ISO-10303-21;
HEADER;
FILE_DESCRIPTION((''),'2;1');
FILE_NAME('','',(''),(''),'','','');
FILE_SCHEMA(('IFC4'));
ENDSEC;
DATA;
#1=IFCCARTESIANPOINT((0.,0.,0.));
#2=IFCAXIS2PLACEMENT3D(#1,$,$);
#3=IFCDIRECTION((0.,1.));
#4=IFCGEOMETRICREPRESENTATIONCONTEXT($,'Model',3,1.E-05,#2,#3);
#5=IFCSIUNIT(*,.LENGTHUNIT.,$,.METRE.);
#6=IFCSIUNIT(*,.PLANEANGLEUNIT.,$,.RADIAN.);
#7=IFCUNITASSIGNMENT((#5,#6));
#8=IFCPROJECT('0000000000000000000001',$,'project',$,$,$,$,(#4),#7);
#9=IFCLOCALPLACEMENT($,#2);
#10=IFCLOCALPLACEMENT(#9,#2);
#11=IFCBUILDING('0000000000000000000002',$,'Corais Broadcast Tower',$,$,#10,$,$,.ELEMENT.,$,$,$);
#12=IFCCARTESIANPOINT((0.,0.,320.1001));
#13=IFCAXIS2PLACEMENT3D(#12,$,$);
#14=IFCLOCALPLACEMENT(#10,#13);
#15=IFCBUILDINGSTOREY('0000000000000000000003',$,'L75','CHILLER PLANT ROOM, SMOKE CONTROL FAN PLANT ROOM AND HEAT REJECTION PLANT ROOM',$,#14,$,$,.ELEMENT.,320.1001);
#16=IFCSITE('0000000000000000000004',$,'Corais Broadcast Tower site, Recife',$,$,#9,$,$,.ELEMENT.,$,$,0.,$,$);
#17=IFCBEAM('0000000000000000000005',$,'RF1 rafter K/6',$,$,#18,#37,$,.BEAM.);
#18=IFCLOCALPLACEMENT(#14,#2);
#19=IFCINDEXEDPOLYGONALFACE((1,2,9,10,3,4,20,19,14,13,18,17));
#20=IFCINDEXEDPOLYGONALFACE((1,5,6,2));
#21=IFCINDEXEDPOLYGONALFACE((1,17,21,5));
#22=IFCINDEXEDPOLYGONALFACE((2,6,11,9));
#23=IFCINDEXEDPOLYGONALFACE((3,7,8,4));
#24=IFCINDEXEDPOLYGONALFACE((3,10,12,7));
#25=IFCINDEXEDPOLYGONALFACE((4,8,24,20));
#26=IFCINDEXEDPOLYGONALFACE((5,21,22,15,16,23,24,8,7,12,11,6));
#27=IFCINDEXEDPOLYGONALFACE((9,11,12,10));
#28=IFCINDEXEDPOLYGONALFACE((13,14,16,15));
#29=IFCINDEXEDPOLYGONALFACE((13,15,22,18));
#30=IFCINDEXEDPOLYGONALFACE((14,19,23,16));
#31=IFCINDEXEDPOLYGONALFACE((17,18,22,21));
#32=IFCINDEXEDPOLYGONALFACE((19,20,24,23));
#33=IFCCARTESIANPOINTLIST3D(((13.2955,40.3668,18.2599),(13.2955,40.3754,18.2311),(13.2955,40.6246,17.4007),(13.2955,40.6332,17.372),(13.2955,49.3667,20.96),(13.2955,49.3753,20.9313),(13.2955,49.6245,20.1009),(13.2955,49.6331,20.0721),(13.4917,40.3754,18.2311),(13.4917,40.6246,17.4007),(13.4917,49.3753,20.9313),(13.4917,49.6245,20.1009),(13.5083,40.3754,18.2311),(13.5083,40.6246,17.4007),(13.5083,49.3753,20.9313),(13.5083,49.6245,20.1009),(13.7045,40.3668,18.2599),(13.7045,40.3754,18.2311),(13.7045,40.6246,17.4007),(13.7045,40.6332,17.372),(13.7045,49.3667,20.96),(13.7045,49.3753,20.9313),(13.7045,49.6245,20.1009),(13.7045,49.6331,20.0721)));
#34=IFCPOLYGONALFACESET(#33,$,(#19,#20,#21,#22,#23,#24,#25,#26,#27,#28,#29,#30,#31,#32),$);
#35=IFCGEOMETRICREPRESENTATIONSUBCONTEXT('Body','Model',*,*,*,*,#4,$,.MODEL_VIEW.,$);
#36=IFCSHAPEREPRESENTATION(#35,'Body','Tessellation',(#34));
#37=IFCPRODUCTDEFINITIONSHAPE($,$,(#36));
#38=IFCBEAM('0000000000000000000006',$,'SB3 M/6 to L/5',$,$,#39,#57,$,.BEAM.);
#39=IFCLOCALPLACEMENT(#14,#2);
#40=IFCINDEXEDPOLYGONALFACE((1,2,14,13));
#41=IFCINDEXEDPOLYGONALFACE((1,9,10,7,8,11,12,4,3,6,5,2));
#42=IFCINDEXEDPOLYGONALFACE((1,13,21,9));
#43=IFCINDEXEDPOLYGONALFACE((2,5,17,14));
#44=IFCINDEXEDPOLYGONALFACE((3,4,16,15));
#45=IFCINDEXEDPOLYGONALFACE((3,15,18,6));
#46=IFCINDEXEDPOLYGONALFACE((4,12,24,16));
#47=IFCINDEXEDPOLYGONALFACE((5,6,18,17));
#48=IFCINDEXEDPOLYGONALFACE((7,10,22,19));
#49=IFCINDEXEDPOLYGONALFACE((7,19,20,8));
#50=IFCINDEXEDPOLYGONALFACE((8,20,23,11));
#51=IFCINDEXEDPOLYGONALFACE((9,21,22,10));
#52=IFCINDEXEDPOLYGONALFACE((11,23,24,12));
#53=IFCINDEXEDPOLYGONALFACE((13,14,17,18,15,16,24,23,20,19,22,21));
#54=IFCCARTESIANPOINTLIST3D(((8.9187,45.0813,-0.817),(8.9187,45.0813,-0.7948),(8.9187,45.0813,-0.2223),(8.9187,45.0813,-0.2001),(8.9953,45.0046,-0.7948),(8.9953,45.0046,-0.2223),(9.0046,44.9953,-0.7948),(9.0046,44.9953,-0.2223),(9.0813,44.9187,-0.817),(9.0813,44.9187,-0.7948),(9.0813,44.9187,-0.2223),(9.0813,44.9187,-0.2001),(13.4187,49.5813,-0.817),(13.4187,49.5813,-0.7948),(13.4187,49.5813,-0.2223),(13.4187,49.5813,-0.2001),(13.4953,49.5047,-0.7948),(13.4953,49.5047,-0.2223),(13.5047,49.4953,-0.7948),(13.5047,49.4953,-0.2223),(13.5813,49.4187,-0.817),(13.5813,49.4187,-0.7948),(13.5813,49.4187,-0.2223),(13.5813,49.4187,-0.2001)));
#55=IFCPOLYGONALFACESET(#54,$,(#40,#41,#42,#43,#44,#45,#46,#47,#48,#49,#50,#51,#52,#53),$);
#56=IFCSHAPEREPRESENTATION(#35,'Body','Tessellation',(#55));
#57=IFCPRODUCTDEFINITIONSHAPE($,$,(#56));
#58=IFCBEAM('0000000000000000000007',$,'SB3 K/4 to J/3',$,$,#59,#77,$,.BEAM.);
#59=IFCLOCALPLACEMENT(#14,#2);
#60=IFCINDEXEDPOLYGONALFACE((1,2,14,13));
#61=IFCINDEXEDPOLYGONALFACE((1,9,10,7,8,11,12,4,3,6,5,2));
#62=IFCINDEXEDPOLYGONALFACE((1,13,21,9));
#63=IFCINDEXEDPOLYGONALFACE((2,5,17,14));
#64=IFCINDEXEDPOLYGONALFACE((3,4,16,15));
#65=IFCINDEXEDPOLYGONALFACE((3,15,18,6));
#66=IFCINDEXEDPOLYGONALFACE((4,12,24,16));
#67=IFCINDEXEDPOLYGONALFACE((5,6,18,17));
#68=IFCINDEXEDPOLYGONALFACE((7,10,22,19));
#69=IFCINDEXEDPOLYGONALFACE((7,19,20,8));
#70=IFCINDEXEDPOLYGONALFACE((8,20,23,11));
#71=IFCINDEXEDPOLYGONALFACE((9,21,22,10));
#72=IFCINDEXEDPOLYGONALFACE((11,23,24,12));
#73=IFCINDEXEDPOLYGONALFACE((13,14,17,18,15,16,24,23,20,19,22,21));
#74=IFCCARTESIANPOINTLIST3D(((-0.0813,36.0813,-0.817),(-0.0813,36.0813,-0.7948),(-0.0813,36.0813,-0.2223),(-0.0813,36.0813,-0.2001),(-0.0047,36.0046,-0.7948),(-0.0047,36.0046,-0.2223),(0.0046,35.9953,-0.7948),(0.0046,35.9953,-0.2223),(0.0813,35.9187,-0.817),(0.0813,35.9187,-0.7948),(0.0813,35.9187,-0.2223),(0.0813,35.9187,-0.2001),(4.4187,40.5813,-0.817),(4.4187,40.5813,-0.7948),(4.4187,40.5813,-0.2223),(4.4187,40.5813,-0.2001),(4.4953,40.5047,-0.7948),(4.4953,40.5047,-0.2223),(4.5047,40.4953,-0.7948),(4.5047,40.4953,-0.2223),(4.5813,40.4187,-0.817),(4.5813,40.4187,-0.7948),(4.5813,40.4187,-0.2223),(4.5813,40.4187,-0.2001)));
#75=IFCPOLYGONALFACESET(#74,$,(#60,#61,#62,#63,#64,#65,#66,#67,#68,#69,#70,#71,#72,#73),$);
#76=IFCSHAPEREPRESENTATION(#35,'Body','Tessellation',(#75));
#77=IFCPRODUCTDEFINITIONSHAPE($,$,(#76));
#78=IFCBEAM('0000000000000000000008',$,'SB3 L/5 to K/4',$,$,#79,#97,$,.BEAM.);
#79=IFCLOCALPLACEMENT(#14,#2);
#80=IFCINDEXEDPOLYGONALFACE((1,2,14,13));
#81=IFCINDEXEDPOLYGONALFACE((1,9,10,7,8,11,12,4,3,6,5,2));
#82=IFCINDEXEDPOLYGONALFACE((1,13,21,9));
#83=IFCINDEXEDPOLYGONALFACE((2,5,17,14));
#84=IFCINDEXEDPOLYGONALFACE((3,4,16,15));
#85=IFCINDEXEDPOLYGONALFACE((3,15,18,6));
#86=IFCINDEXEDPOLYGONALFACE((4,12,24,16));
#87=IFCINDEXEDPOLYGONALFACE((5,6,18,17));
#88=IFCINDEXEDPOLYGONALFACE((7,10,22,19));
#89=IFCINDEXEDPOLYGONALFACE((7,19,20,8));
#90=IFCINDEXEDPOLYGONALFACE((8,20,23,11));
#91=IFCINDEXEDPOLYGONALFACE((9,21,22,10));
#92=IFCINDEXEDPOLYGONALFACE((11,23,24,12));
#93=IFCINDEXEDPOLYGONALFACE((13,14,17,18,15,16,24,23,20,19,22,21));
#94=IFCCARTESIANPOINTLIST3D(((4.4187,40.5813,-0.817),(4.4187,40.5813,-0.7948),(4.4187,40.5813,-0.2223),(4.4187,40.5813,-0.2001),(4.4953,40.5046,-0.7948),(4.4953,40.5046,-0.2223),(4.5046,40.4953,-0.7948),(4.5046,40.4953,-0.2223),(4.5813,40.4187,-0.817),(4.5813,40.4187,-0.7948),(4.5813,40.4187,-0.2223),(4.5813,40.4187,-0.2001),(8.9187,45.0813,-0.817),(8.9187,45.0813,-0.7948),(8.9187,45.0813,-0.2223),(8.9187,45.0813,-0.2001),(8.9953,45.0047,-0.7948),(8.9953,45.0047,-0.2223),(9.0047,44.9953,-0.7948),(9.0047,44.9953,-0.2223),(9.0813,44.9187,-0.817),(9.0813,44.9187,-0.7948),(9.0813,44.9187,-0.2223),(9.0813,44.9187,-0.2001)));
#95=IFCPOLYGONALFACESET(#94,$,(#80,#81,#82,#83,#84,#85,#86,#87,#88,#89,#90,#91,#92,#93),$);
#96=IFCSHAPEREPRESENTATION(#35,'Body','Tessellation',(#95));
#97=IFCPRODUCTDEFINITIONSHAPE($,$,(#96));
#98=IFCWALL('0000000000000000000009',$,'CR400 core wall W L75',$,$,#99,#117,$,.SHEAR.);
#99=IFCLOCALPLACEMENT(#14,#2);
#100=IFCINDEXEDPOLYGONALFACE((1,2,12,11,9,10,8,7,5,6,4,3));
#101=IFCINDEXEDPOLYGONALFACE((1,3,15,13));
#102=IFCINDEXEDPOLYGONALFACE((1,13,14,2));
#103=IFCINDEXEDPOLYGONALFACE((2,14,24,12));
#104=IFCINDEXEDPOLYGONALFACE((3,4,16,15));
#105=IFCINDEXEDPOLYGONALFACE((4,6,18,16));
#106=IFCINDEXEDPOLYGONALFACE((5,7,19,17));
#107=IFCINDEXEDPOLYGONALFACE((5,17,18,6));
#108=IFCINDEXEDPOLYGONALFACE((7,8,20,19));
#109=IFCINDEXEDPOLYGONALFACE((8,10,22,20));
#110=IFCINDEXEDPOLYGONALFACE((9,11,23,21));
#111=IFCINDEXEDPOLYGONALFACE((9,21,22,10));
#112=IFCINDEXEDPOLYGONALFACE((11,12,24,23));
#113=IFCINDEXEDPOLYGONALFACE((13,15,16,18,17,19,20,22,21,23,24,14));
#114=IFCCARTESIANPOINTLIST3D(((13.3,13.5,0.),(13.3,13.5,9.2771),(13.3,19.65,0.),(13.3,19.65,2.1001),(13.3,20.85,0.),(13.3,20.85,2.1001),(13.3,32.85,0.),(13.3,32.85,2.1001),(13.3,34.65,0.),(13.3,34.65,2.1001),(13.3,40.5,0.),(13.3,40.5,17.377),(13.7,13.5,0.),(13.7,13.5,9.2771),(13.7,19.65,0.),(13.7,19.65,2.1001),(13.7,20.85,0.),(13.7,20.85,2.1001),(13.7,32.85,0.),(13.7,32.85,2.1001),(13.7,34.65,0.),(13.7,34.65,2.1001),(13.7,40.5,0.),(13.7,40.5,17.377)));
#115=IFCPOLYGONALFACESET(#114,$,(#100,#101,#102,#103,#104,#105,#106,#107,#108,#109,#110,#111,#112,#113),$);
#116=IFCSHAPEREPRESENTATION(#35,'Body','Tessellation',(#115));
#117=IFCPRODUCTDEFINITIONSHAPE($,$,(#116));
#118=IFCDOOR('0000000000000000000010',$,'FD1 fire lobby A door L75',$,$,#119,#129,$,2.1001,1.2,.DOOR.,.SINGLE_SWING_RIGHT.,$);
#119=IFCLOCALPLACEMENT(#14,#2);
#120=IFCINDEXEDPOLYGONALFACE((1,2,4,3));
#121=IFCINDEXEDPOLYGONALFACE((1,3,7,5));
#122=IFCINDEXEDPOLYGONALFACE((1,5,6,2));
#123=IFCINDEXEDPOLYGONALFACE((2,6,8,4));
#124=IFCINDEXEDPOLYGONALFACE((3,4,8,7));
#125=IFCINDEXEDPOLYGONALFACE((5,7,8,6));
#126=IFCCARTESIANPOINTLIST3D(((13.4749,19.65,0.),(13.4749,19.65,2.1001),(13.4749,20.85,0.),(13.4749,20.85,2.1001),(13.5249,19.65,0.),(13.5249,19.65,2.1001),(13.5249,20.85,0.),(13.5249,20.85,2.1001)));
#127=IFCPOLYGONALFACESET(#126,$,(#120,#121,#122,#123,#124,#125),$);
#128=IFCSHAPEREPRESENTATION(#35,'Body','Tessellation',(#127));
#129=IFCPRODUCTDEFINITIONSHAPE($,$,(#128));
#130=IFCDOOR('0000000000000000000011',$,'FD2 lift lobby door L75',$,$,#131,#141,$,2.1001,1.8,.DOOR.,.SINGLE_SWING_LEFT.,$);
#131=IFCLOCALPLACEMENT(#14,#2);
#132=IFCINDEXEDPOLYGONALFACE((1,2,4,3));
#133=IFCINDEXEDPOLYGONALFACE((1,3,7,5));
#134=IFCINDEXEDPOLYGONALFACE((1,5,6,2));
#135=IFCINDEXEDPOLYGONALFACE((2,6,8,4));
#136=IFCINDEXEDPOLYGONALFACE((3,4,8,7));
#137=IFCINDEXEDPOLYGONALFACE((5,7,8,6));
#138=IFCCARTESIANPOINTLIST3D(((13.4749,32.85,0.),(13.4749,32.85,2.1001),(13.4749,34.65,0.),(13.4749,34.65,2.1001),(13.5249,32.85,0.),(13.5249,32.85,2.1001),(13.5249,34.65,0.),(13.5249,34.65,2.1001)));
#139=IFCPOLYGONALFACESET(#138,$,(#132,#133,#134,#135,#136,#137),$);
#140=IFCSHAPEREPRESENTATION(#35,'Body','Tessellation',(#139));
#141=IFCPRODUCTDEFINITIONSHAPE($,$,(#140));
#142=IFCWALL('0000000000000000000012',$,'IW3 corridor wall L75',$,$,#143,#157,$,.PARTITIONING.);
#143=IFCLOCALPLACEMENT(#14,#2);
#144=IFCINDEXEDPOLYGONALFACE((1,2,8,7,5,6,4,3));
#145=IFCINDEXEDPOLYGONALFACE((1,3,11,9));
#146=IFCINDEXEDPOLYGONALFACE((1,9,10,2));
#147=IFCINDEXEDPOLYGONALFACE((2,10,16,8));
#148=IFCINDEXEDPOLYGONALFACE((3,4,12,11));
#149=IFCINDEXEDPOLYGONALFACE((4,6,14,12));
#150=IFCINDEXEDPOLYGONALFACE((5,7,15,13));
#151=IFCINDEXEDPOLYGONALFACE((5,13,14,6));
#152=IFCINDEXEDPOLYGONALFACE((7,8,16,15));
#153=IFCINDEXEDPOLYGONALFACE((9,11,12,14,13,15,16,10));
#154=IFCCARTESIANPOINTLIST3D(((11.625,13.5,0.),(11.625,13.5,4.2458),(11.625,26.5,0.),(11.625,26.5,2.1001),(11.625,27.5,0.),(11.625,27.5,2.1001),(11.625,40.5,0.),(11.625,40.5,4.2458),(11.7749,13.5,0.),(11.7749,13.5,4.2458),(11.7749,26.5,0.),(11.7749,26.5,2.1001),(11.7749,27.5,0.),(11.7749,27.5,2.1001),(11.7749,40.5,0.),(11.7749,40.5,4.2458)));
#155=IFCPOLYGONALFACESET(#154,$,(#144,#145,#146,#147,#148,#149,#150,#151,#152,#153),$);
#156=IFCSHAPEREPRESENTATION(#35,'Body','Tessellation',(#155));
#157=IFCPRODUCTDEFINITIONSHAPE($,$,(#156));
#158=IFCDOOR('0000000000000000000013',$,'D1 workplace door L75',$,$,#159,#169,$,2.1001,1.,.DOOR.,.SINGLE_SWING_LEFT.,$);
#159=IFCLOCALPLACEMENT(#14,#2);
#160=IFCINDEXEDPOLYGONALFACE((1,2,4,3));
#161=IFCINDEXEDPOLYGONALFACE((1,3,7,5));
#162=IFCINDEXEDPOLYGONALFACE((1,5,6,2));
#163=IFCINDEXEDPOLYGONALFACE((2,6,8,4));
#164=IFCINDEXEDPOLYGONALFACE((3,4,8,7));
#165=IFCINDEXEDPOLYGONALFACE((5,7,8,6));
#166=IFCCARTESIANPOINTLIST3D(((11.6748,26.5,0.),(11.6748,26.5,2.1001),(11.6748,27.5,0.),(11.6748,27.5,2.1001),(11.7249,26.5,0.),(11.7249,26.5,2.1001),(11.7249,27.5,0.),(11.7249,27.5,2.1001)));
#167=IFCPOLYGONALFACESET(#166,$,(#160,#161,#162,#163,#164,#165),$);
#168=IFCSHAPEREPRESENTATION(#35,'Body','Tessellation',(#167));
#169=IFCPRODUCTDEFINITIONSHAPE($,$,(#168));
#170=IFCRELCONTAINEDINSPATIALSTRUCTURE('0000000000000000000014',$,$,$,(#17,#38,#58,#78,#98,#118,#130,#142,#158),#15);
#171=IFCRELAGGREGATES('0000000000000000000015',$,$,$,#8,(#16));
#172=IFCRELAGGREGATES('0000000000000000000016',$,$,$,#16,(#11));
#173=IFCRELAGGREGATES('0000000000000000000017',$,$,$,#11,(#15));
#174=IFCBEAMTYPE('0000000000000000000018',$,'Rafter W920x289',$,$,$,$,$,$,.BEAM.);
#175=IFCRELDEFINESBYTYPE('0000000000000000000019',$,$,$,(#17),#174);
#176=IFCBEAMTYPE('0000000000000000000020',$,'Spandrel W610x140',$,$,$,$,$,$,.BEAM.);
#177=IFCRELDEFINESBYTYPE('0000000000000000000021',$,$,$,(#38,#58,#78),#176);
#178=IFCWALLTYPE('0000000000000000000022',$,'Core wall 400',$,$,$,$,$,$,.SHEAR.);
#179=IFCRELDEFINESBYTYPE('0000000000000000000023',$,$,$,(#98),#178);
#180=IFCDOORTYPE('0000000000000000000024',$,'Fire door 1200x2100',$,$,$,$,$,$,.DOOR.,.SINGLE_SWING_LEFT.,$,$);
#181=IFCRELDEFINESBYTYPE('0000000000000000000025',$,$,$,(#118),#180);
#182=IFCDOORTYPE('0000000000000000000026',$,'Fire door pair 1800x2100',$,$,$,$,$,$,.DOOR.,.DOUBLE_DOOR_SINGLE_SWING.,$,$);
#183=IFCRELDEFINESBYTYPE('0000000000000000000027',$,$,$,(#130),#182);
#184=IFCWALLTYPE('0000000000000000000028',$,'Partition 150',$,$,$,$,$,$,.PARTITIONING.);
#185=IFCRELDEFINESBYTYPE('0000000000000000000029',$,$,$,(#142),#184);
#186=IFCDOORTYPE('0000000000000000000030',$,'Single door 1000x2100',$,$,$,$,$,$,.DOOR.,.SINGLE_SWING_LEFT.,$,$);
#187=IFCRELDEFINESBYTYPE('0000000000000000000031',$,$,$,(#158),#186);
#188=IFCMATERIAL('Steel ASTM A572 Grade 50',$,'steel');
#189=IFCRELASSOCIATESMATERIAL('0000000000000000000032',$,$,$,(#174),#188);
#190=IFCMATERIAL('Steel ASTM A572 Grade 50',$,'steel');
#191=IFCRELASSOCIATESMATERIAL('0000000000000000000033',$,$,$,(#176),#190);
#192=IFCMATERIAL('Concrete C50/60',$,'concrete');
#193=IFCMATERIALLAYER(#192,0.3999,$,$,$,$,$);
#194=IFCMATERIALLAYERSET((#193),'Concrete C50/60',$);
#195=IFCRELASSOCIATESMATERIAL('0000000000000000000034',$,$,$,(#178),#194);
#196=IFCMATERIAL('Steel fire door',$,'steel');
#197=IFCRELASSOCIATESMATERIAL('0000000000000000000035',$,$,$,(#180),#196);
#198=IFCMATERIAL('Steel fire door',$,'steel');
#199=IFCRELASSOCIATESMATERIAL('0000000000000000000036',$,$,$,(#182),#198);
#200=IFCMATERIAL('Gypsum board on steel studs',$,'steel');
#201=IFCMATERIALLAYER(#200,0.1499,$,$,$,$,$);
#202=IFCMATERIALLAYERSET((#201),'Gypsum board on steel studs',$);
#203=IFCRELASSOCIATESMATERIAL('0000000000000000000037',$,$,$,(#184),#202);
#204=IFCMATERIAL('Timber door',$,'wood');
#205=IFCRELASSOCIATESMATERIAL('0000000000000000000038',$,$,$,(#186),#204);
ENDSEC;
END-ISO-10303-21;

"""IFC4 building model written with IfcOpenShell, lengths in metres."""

from ifc_helpers import new_model, si_unit, direction, frame, frame_2d, origin, origin_2d, place, context, subcontext, project, spatial, polyline, rectangle, i_section, outline, extrude, material, layer, layer_set, material_profile, profile_set, type_object, element, fill, save


model = new_model("IFC4")

# Units and contexts
model_context = context("Model", 3, precision=1e-05, world=origin(), true_north=direction((0.0, 1.0)))
body_context = subcontext(model_context, "Body", "Model", "MODEL_VIEW")
ifc_project = project(units=[si_unit("LENGTHUNIT", "METRE"), si_unit("PLANEANGLEUNIT", "RADIAN")], contexts=[model_context])

# Site, building, storey
site_placement = place(None, origin())
site = spatial("IfcSite", under=ifc_project, at=site_placement, Name="Corais Broadcast Tower site, Recife", CompositionType="ELEMENT", RefElevation=0.0)
building_placement = place(site_placement, origin())
building = spatial("IfcBuilding", under=site, at=building_placement, Name="Corais Broadcast Tower", CompositionType="ELEMENT")
storey_placement = place(building_placement, frame((0.0, 0.0, 320.1001)))
storey = spatial("IfcBuildingStorey", under=building, at=storey_placement, Name="L75", Description="CHILLER PLANT ROOM, SMOKE CONTROL FAN PLANT ROOM AND HEAT REJECTION PLANT ROOM", CompositionType="ELEMENT", Elevation=320.1001)

# Beams
ifc_material_1 = material(Name="Steel ASTM A572 Grade 50", Category="steel")
ifc_material_profile_1 = material_profile(ifc_material_1, i_section(OverallWidth=0.4089, OverallDepth=0.927, WebThickness=0.0166, FlangeThickness=0.03, at=origin_2d()), Name="W920x289")
ifc_profile_set_1 = profile_set([ifc_material_profile_1], Name="Steel ASTM A572 Grade 50")
beam_type_1 = type_object("IfcBeamType", Name="Rafter W920x289", PredefinedType="BEAM", material=ifc_profile_set_1)
beam_1_placement = place(storey_placement, frame((13.5, 40.5, 17.8159), z_axis=(0.0, 0.957821, 0.287367), x_axis=(-1.0, 0.0, 0.0)))
element("IfcBeam", 1, at=beam_1_placement, inside=storey, type_object=beam_type_1, Name="RF1 rafter K/6", PredefinedType="BEAM", context=body_context, shape_type="SweptSolid", body=[
    extrude(i_section(OverallWidth=0.4089, OverallDepth=0.927, WebThickness=0.0166, FlangeThickness=0.03, at=origin_2d()), origin(), (0.0, 0.0, 1.0), 9.3962),
])
ifc_material_2 = material(Name="Steel ASTM A572 Grade 50", Category="steel")
ifc_material_profile_2 = material_profile(ifc_material_2, i_section(OverallWidth=0.23, OverallDepth=0.6169, WebThickness=0.0132, FlangeThickness=0.0222, at=origin_2d()), Name="W610x140")
ifc_profile_set_2 = profile_set([ifc_material_profile_2], Name="Steel ASTM A572 Grade 50")
beam_type_2 = type_object("IfcBeamType", Name="Spandrel W610x140", PredefinedType="BEAM", material=ifc_profile_set_2)
for number, where, z_axis, x_axis, name in (
    (2, (13.5, 49.5, -0.5085), (-0.707107, -0.707107, 0.0), (0.707107, -0.707107, 0.0), "SB3 M/6 to L/5"),
    (3, (4.5, 40.5, -0.5085), (-0.707107, -0.707107, 0.0), (0.707107, -0.707107, 0.0), "SB3 K/4 to J/3"),
    (4, (9.0, 45.0, -0.5085), (-0.707107, -0.707107, 0.0), (0.707107, -0.707107, 0.0), "SB3 L/5 to K/4"),
):
    element("IfcBeam", number, at=place(storey_placement, frame(where, z_axis=z_axis, x_axis=x_axis)), inside=storey, type_object=beam_type_2, Name=name, PredefinedType="BEAM", context=body_context, shape_type="SweptSolid", body=[
        extrude(i_section(OverallWidth=0.23, OverallDepth=0.6169, WebThickness=0.0132, FlangeThickness=0.0222, at=origin_2d()), origin(), (0.0, 0.0, 1.0), 6.364),
    ])

# Wall, openings, doors
ifc_material_3 = material(Name="Concrete C50/60", Category="concrete")
ifc_layer_1 = layer(ifc_material_3, 0.3999)
ifc_layer_set_1 = layer_set([ifc_layer_1], Name="Concrete C50/60")
wall_type_1 = type_object("IfcWallType", Name="Core wall 400", PredefinedType="SHEAR", material=ifc_layer_set_1)
wall_1_placement = place(storey_placement, frame((13.5, 40.5, 0.0), z_axis=(0.0, 0.0, 1.0), x_axis=(0.0, -1.0, 0.0)))
wall_1 = element("IfcWall", 5, at=wall_1_placement, inside=storey, type_object=wall_type_1, Name="CR400 core wall W L75", PredefinedType="SHEAR", context=body_context, shape_type="SweptSolid", body=[
    extrude(outline(polyline([(0.0, 0.0), (27.0, 0.0), (27.0, 9.2771), (0.0, 17.377), (0.0, 0.0)])), frame((0.0, 0.2, 0.0), z_axis=(0.0, -1.0, 0.0), x_axis=(1.0, 0.0, 0.0)), (0.0, 0.0, 1.0), 0.3999),
])
opening_1_placement = place(wall_1_placement, frame((19.6499, 0.0, 0.0)))
opening_1 = element("IfcOpeningElement", 6, at=opening_1_placement, cuts=wall_1, PredefinedType="OPENING", context=body_context, shape_type="SweptSolid", body=[
    extrude(rectangle(XDim=1.2, YDim=2.1001, at=frame_2d((0.6001, 1.05))), frame((0.0, 0.21, 0.0), z_axis=(0.0, -1.0, 0.0), x_axis=(1.0, 0.0, 0.0)), (0.0, 0.0, 1.0), 0.4199),
])
opening_2_placement = place(wall_1_placement, frame((5.8501, 0.0, 0.0)))
opening_2 = element("IfcOpeningElement", 7, at=opening_2_placement, cuts=wall_1, PredefinedType="OPENING", context=body_context, shape_type="SweptSolid", body=[
    extrude(rectangle(XDim=1.8, YDim=2.1001, at=frame_2d((0.8999, 1.05))), frame((0.0, 0.21, 0.0), z_axis=(0.0, -1.0, 0.0), x_axis=(1.0, 0.0, 0.0)), (0.0, 0.0, 1.0), 0.4199),
])
ifc_material_4 = material(Name="Steel fire door", Category="steel")
door_type_1 = type_object("IfcDoorType", Name="Fire door 1200x2100", OperationType="SINGLE_SWING_LEFT", PredefinedType="DOOR", material=ifc_material_4)
door_1_placement = place(opening_1_placement, origin())
door_1 = element("IfcDoor", 8, at=door_1_placement, inside=storey, type_object=door_type_1, Name="FD1 fire lobby A door L75", OperationType="SINGLE_SWING_RIGHT", OverallHeight=2.1001, OverallWidth=1.2, PredefinedType="DOOR", context=body_context, shape_type="SweptSolid", body=[
    extrude(rectangle(XDim=1.2, YDim=2.1001, at=frame_2d((0.6001, 1.05))), frame((0.0, 0.0249, 0.0), z_axis=(0.0, -1.0, 0.0), x_axis=(1.0, 0.0, 0.0)), (0.0, 0.0, 1.0), 0.05),
])
fill(opening_1, door_1)
ifc_material_5 = material(Name="Steel fire door", Category="steel")
door_type_2 = type_object("IfcDoorType", Name="Fire door pair 1800x2100", OperationType="DOUBLE_DOOR_SINGLE_SWING", PredefinedType="DOOR", material=ifc_material_5)
door_2_placement = place(opening_2_placement, origin())
door_2 = element("IfcDoor", 9, at=door_2_placement, inside=storey, type_object=door_type_2, Name="FD2 lift lobby door L75", OperationType="SINGLE_SWING_LEFT", OverallHeight=2.1001, OverallWidth=1.8, PredefinedType="DOOR", context=body_context, shape_type="SweptSolid", body=[
    extrude(rectangle(XDim=1.8, YDim=2.1001, at=frame_2d((0.8999, 1.05))), frame((0.0, 0.0249, 0.0), z_axis=(0.0, -1.0, 0.0), x_axis=(1.0, 0.0, 0.0)), (0.0, 0.0, 1.0), 0.05),
])
fill(opening_2, door_2)

# Wall, opening, door
ifc_material_6 = material(Name="Gypsum board on steel studs", Category="steel")
ifc_layer_2 = layer(ifc_material_6, 0.1499)
ifc_layer_set_2 = layer_set([ifc_layer_2], Name="Gypsum board on steel studs")
wall_type_2 = type_object("IfcWallType", Name="Partition 150", PredefinedType="PARTITIONING", material=ifc_layer_set_2)
wall_2_placement = place(storey_placement, frame((11.7, 40.5, 0.0), z_axis=(0.0, 0.0, 1.0), x_axis=(0.0, -1.0, 0.0)))
wall_2 = element("IfcWall", 10, at=wall_2_placement, inside=storey, type_object=wall_type_2, Name="IW3 corridor wall L75", PredefinedType="PARTITIONING", context=body_context, shape_type="SweptSolid", body=[
    extrude(rectangle(XDim=27.0, YDim=0.1499, at=frame_2d((13.5, 0.0))), origin(), (0.0, 0.0, 1.0), 4.2458),
])
opening_3_placement = place(wall_2_placement, frame((13.0, 0.0, 0.0)))
opening_3 = element("IfcOpeningElement", 11, at=opening_3_placement, cuts=wall_2, PredefinedType="OPENING", context=body_context, shape_type="SweptSolid", body=[
    extrude(rectangle(XDim=1.0, YDim=2.1001, at=frame_2d((0.5, 1.05))), frame((0.0, 0.085, 0.0), z_axis=(0.0, -1.0, 0.0), x_axis=(1.0, 0.0, 0.0)), (0.0, 0.0, 1.0), 0.1699),
])
ifc_material_7 = material(Name="Timber door", Category="wood")
door_type_3 = type_object("IfcDoorType", Name="Single door 1000x2100", OperationType="SINGLE_SWING_LEFT", PredefinedType="DOOR", material=ifc_material_7)
door_3_placement = place(opening_3_placement, origin())
door_3 = element("IfcDoor", 12, at=door_3_placement, inside=storey, type_object=door_type_3, Name="D1 workplace door L75", OperationType="SINGLE_SWING_LEFT", OverallHeight=2.1001, OverallWidth=1.0, PredefinedType="DOOR", context=body_context, shape_type="SweptSolid", body=[
    extrude(rectangle(XDim=1.0, YDim=2.1001, at=frame_2d((0.5, 1.05))), frame((0.0, 0.0249, 0.0), z_axis=(0.0, -1.0, 0.0), x_axis=(1.0, 0.0, 0.0)), (0.0, 0.0, 1.0), 0.05),
])
fill(opening_3, door_3)

save(model, "model.ifc")
